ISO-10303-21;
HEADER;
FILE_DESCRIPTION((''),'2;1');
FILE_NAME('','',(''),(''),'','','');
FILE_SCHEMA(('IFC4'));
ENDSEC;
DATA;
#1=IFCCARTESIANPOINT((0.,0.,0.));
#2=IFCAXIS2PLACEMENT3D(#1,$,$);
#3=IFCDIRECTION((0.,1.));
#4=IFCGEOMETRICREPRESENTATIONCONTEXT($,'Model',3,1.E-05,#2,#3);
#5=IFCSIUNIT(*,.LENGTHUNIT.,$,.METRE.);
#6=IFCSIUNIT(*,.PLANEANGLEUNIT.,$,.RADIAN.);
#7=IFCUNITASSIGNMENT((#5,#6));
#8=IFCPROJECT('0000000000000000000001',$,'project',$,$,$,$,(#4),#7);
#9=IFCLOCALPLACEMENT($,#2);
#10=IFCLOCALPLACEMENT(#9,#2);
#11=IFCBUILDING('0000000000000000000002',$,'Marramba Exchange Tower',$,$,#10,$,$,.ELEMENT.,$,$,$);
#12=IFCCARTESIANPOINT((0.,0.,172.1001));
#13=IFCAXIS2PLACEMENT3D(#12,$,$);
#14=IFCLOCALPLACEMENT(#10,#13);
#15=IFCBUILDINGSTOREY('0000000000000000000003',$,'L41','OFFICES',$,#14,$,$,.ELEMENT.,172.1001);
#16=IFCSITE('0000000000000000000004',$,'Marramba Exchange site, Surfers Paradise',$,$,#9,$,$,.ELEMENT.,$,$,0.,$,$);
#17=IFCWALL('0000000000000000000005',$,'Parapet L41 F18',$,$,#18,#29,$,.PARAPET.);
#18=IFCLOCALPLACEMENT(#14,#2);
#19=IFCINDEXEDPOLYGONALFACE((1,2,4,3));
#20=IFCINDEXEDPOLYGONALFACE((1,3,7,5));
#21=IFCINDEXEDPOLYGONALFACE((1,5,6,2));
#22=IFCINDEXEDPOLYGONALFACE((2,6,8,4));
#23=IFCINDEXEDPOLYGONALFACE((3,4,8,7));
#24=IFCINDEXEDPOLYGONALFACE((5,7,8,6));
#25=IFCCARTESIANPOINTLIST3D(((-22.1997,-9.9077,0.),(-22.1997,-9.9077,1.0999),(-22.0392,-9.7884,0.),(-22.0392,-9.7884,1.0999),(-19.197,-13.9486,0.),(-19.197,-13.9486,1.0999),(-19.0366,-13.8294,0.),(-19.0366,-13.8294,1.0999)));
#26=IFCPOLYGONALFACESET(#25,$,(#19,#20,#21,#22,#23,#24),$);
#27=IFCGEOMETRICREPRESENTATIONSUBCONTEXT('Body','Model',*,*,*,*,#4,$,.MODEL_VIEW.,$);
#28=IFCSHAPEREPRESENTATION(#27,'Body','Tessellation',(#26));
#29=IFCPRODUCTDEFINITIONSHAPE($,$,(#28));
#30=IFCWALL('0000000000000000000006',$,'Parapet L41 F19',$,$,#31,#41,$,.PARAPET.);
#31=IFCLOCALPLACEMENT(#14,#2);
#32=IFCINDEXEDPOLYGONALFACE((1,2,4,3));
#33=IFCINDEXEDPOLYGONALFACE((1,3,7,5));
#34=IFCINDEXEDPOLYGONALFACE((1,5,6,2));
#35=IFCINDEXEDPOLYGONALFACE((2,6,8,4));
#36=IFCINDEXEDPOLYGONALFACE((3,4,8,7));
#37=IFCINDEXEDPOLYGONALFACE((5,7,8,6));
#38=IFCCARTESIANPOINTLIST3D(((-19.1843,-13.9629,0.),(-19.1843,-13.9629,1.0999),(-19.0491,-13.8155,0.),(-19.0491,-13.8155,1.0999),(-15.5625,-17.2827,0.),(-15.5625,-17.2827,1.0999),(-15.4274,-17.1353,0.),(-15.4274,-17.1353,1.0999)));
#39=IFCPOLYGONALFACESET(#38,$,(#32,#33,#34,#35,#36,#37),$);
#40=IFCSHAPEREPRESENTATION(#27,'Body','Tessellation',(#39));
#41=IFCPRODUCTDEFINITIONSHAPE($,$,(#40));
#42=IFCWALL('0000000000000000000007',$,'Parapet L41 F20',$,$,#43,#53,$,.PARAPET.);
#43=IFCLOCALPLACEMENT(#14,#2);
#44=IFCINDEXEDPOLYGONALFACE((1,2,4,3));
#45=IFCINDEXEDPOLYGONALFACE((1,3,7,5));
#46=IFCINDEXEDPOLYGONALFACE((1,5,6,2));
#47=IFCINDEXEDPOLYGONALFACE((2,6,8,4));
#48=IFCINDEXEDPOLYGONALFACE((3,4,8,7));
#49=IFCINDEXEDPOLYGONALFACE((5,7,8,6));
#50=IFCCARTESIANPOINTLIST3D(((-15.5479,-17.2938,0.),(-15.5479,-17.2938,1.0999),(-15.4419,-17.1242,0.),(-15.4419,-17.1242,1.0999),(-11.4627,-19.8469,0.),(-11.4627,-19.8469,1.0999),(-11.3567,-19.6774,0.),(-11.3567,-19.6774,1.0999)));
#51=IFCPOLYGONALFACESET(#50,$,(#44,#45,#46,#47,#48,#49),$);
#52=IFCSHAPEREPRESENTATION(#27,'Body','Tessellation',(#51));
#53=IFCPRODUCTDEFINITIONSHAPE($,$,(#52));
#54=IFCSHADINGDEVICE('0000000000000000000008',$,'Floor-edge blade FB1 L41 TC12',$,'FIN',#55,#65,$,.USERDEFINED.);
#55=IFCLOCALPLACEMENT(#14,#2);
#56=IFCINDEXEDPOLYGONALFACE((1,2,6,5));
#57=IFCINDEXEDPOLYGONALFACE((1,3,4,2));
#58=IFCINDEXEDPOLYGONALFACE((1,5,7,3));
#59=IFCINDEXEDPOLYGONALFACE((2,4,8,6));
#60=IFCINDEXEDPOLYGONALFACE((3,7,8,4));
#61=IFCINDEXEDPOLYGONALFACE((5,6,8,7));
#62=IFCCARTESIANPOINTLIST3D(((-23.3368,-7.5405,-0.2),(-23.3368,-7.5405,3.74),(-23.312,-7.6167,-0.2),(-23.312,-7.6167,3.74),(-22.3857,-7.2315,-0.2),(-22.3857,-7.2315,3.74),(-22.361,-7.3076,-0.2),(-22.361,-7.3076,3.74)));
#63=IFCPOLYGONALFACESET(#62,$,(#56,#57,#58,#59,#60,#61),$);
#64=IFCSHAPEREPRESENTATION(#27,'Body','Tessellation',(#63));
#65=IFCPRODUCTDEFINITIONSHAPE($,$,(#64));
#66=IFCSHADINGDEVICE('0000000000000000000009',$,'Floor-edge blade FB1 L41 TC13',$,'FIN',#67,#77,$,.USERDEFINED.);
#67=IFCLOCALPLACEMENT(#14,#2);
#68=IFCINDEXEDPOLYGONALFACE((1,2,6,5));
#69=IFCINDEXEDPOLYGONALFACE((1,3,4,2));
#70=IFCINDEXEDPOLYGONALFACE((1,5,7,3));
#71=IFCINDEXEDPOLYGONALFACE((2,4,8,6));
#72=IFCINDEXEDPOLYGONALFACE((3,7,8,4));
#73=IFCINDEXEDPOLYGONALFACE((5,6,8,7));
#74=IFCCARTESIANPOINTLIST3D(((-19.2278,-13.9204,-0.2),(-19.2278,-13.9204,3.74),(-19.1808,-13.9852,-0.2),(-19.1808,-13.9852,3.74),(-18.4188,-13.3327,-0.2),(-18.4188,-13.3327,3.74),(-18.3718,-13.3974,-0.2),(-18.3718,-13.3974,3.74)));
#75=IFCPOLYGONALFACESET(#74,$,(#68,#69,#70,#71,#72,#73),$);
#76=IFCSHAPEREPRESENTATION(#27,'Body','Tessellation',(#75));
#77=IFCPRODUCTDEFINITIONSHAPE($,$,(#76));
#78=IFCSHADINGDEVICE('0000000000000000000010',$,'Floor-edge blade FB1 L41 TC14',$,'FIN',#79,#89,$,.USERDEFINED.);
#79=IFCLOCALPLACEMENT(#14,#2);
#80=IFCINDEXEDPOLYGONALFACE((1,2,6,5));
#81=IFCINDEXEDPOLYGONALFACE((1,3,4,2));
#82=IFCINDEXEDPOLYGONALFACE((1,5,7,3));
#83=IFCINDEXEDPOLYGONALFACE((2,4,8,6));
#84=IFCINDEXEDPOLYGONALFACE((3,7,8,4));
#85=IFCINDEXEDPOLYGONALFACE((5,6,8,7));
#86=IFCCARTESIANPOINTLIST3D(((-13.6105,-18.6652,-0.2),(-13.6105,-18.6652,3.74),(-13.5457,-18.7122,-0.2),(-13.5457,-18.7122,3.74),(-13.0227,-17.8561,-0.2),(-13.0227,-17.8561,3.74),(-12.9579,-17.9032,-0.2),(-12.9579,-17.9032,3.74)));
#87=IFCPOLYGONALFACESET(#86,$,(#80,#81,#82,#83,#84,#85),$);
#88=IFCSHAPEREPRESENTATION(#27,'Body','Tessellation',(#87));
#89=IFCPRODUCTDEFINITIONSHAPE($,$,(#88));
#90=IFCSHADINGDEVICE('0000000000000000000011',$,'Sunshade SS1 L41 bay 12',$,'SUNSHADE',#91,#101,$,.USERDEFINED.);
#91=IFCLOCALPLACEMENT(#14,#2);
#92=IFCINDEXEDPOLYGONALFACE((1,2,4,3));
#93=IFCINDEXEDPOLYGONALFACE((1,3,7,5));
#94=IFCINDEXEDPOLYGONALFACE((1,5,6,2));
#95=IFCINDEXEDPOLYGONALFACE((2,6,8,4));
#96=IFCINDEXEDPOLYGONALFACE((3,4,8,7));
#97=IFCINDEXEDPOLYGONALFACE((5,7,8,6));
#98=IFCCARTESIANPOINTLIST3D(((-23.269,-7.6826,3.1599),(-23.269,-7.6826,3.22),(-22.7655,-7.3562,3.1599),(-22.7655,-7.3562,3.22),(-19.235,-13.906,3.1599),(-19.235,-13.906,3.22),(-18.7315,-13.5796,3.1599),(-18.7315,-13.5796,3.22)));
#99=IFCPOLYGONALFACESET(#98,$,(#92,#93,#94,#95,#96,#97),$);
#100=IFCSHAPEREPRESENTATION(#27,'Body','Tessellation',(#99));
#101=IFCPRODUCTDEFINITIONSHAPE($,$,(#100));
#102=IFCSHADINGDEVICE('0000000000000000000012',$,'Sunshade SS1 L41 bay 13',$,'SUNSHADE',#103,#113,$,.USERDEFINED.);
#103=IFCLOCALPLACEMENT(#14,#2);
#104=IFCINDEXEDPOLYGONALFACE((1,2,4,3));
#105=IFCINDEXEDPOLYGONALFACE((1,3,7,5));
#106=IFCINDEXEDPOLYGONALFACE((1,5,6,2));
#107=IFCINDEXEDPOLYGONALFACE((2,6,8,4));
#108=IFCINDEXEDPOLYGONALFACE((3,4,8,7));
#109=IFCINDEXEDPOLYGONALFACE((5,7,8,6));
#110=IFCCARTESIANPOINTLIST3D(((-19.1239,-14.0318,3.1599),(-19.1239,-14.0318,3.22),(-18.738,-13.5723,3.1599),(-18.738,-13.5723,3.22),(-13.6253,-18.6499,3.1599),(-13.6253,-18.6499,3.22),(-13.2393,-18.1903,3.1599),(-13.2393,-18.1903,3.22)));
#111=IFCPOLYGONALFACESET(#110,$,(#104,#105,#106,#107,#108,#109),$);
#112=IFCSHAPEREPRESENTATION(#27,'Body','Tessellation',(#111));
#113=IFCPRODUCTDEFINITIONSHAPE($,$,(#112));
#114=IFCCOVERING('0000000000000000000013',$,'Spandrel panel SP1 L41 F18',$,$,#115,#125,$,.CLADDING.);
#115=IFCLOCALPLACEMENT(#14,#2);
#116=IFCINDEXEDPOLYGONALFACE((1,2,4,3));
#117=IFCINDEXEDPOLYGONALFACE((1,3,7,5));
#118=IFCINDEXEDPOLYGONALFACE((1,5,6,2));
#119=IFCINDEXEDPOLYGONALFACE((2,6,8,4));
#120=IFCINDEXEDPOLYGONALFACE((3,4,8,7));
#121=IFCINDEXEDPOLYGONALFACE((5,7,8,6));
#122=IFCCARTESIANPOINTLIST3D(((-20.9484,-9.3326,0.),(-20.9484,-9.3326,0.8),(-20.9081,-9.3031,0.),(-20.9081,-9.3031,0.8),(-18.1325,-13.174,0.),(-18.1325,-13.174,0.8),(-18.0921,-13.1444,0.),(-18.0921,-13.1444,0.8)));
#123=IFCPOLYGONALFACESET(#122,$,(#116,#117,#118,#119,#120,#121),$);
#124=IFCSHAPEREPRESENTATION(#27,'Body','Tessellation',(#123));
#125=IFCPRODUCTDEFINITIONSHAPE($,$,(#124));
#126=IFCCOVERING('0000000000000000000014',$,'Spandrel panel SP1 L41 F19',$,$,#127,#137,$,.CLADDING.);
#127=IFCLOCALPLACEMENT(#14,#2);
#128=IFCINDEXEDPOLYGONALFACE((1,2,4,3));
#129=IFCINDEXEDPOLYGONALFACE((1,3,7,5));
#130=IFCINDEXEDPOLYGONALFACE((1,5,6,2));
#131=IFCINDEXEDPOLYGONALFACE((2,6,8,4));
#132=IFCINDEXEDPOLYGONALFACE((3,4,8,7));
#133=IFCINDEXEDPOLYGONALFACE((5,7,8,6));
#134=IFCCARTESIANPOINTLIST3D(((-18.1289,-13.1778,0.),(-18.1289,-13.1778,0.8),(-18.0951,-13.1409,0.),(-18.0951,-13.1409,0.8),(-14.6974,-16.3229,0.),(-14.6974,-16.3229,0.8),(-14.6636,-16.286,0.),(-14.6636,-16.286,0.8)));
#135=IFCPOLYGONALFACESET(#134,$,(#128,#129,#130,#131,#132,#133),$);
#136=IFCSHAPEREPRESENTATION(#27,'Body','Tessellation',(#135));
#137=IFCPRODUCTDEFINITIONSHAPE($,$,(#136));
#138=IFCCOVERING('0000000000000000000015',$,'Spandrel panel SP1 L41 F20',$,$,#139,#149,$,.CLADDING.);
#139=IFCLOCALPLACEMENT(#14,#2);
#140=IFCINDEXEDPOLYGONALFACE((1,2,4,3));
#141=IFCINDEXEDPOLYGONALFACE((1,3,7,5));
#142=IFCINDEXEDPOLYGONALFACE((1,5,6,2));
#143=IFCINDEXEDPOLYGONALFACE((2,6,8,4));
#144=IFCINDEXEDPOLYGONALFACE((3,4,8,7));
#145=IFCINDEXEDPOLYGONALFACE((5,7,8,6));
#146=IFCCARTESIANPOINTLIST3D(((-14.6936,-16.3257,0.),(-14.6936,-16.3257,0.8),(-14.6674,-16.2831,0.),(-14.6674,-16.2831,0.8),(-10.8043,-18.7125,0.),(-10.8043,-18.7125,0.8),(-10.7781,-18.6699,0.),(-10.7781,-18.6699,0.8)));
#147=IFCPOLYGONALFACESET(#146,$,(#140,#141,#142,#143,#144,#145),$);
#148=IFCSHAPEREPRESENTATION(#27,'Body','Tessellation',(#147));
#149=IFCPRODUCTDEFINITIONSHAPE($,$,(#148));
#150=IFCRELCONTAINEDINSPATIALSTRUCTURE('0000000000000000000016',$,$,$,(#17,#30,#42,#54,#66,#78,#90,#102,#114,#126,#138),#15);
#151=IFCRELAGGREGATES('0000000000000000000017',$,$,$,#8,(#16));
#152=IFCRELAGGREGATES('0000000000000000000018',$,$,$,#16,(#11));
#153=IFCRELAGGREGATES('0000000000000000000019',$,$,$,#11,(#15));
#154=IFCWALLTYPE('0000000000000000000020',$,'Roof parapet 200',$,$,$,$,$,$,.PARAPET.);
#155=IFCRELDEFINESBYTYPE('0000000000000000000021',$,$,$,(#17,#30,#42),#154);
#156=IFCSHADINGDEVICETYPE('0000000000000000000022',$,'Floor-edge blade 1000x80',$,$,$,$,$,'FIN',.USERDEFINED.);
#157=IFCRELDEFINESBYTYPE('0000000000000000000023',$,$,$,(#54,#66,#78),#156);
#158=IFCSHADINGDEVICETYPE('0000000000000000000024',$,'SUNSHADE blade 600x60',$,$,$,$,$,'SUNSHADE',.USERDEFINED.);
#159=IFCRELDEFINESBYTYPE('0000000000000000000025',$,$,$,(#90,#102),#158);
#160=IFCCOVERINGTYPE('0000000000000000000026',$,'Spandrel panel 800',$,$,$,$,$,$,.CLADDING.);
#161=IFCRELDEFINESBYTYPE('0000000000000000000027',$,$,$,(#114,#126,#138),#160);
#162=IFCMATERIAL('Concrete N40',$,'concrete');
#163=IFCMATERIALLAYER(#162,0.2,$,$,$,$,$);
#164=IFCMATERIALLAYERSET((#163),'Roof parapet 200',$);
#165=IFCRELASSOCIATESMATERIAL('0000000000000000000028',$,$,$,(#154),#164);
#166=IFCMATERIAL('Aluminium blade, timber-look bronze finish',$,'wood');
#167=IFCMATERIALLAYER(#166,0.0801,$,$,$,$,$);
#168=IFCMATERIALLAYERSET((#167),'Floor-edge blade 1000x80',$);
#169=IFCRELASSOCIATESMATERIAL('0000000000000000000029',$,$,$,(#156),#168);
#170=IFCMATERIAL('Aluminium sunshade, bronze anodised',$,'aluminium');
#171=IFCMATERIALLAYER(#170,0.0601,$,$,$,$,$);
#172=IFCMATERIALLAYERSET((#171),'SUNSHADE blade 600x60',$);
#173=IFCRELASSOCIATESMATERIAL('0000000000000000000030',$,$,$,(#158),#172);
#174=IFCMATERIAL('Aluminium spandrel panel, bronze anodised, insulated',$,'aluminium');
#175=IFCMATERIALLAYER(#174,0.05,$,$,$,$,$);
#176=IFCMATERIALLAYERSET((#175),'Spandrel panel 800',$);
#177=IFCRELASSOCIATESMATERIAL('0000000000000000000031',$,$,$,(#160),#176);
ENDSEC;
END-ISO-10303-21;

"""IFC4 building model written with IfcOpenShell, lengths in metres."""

from ifc_helpers import new_model, si_unit, direction, frame, frame_2d, origin, origin_2d, place, context, subcontext, project, spatial, rectangle, extrude, material, layer, layer_set, type_object, element, save


model = new_model("IFC4")

# Units and contexts
model_context = context("Model", 3, precision=1e-05, world=origin(), true_north=direction((0.0, 1.0)))
body_context = subcontext(model_context, "Body", "Model", "MODEL_VIEW")
ifc_project = project(units=[si_unit("LENGTHUNIT", "METRE"), si_unit("PLANEANGLEUNIT", "RADIAN")], contexts=[model_context])

# Site, building, storey
site_placement = place(None, origin())
site = spatial("IfcSite", under=ifc_project, at=site_placement, Name="Marramba Exchange site, Surfers Paradise", CompositionType="ELEMENT", RefElevation=0.0)
building_placement = place(site_placement, origin())
building = spatial("IfcBuilding", under=site, at=building_placement, Name="Marramba Exchange Tower", CompositionType="ELEMENT")
storey_placement = place(building_placement, frame((0.0, 0.0, 172.1001)))
storey = spatial("IfcBuildingStorey", under=building, at=storey_placement, Name="L41", Description="OFFICES", CompositionType="ELEMENT", Elevation=172.1001)

# Walls
ifc_material_1 = material(Name="Concrete N40", Category="concrete")
ifc_layer_1 = layer(ifc_material_1, 0.2)
ifc_layer_set_1 = layer_set([ifc_layer_1], Name="Roof parapet 200")
wall_type_1 = type_object("IfcWallType", Name="Roof parapet 200", PredefinedType="PARAPET", material=ifc_layer_set_1)
wall_1_placement = place(storey_placement, frame((-22.1194, -9.8481, 0.0), z_axis=(0.0, 0.0, 1.0), x_axis=(0.596425, -0.802669, 0.0)))
element("IfcWall", 1, at=wall_1_placement, inside=storey, type_object=wall_type_1, Name="Parapet L41 F18", PredefinedType="PARAPET", context=body_context, shape_type="SweptSolid", body=[
    extrude(rectangle(XDim=5.0344, YDim=0.2, at=frame_2d((2.5171, 0.0))), origin(), (0.0, 0.0, 1.0), 1.0999),
])
wall_2_placement = place(storey_placement, frame((-19.1167, -13.8892, 0.0), z_axis=(0.0, 0.0, 1.0), x_axis=(0.737173, -0.675704, 0.0)))
element("IfcWall", 2, at=wall_2_placement, inside=storey, type_object=wall_type_1, Name="Parapet L41 F19", PredefinedType="PARAPET", context=body_context, shape_type="SweptSolid", body=[
    extrude(rectangle(XDim=4.9131, YDim=0.2, at=frame_2d((2.4565, 0.0))), origin(), (0.0, 0.0, 1.0), 1.0999),
])
wall_3_placement = place(storey_placement, frame((-15.4949, -17.209, 0.0), z_axis=(0.0, 0.0, 1.0), x_axis=(0.848001, -0.529994, 0.0)))
element("IfcWall", 3, at=wall_3_placement, inside=storey, type_object=wall_type_1, Name="Parapet L41 F20", PredefinedType="PARAPET", context=body_context, shape_type="SweptSolid", body=[
    extrude(rectangle(XDim=4.8174, YDim=0.2, at=frame_2d((2.4087, 0.0))), origin(), (0.0, 0.0, 1.0), 1.0999),
])

# Shading devices
ifc_material_2 = material(Name="Aluminium blade, timber-look bronze finish", Category="wood")
ifc_layer_2 = layer(ifc_material_2, 0.0801)
ifc_layer_set_2 = layer_set([ifc_layer_2], Name="Floor-edge blade 1000x80")
shading_device_type_1 = type_object("IfcShadingDeviceType", Name="Floor-edge blade 1000x80", ElementType="FIN", PredefinedType="USERDEFINED", material=ifc_layer_set_2)
for number, where, z_axis, x_axis, name in (
    (4, (-22.8489, -7.4241, -0.2), (0.0, 0.0, 1.0), (-0.951057, -0.309017, 0.0), "Floor-edge blade FB1 L41 TC12"),
    (5, (-18.7998, -13.6589, -0.2), (0.0, 0.0, 1.0), (-0.809017, -0.587785, 0.0), "Floor-edge blade FB1 L41 TC13"),
    (6, (-13.2842, -18.2842, -0.2), (0.0, 0.0, 1.0), (-0.587785, -0.809017, 0.0), "Floor-edge blade FB1 L41 TC14"),
):
    element("IfcShadingDevice", number, at=place(storey_placement, frame(where, z_axis=z_axis, x_axis=x_axis)), inside=storey, type_object=shading_device_type_1, Name=name, ObjectType="FIN", PredefinedType="USERDEFINED", context=body_context, shape_type="SweptSolid", body=[
        extrude(rectangle(XDim=1.0, YDim=0.0801, at=origin_2d()), origin(), (0.0, 0.0, 1.0), 3.9399),
    ])
ifc_material_3 = material(Name="Aluminium sunshade, bronze anodised", Category="aluminium")
ifc_layer_3 = layer(ifc_material_3, 0.0601)
ifc_layer_set_3 = layer_set([ifc_layer_3], Name="SUNSHADE blade 600x60")
shading_device_type_2 = type_object("IfcShadingDeviceType", Name="SUNSHADE blade 600x60", ElementType="SUNSHADE", PredefinedType="USERDEFINED", material=ifc_layer_set_3)
shading_device_1_placement = place(storey_placement, frame((-21.0002, -10.6311, 3.1599), z_axis=(0.0, 0.0, 1.0), x_axis=(0.543922, -0.839136, 0.0)))
element("IfcShadingDevice", 7, at=shading_device_1_placement, inside=storey, type_object=shading_device_type_2, Name="Sunshade SS1 L41 bay 12", ObjectType="SUNSHADE", PredefinedType="USERDEFINED", context=body_context, shape_type="SweptSolid", body=[
    extrude(rectangle(XDim=7.4165, YDim=0.6001, at=origin_2d()), origin(), (0.0, 0.0, 1.0), 0.0601),
])
shading_device_2_placement = place(storey_placement, frame((-16.1816, -16.1111, 3.1599), z_axis=(0.0, 0.0, 1.0), x_axis=(0.765762, -0.643124, 0.0)))
element("IfcShadingDevice", 8, at=shading_device_2_placement, inside=storey, type_object=shading_device_type_2, Name="Sunshade SS1 L41 bay 13", ObjectType="SUNSHADE", PredefinedType="USERDEFINED", context=body_context, shape_type="SweptSolid", body=[
    extrude(rectangle(XDim=7.1807, YDim=0.6001, at=origin_2d()), origin(), (0.0, 0.0, 1.0), 0.0601),
])

# Coverings
ifc_material_4 = material(Name="Aluminium spandrel panel, bronze anodised, insulated", Category="aluminium")
ifc_layer_4 = layer(ifc_material_4, 0.05)
ifc_layer_set_4 = layer_set([ifc_layer_4], Name="Spandrel panel 800")
covering_type = type_object("IfcCoveringType", Name="Spandrel panel 800", PredefinedType="CLADDING", material=ifc_layer_set_4)
covering_1_placement = place(storey_placement, frame((-19.5203, -11.2385, 0.0), z_axis=(0.0, 0.0, 1.0), x_axis=(0.591223, -0.806508, 0.0)))
element("IfcCovering", 9, at=covering_1_placement, inside=storey, type_object=covering_type, Name="Spandrel panel SP1 L41 F18", PredefinedType="CLADDING", context=body_context, shape_type="SweptSolid", body=[
    extrude(rectangle(XDim=4.7629, YDim=0.05, at=origin_2d()), origin(), (0.0, 0.0, 1.0), 0.8),
])
covering_2_placement = place(storey_placement, frame((-16.3962, -14.7319, 0.0), z_axis=(0.0, 0.0, 1.0), x_axis=(0.737203, -0.675671, 0.0)))
element("IfcCovering", 10, at=covering_2_placement, inside=storey, type_object=covering_type, Name="Spandrel panel SP1 L41 F19", PredefinedType="CLADDING", context=body_context, shape_type="SweptSolid", body=[
    extrude(rectangle(XDim=4.6548, YDim=0.05, at=origin_2d()), origin(), (0.0, 0.0, 1.0), 0.8),
])
covering_3_placement = place(storey_placement, frame((-12.7358, -17.4978, 0.0), z_axis=(0.0, 0.0, 1.0), x_axis=(0.852301, -0.523052, 0.0)))
element("IfcCovering", 11, at=covering_3_placement, inside=storey, type_object=covering_type, Name="Spandrel panel SP1 L41 F20", PredefinedType="CLADDING", context=body_context, shape_type="SweptSolid", body=[
    extrude(rectangle(XDim=4.5632, YDim=0.05, at=origin_2d()), origin(), (0.0, 0.0, 1.0), 0.8),
])

save(model, "model.ifc")
